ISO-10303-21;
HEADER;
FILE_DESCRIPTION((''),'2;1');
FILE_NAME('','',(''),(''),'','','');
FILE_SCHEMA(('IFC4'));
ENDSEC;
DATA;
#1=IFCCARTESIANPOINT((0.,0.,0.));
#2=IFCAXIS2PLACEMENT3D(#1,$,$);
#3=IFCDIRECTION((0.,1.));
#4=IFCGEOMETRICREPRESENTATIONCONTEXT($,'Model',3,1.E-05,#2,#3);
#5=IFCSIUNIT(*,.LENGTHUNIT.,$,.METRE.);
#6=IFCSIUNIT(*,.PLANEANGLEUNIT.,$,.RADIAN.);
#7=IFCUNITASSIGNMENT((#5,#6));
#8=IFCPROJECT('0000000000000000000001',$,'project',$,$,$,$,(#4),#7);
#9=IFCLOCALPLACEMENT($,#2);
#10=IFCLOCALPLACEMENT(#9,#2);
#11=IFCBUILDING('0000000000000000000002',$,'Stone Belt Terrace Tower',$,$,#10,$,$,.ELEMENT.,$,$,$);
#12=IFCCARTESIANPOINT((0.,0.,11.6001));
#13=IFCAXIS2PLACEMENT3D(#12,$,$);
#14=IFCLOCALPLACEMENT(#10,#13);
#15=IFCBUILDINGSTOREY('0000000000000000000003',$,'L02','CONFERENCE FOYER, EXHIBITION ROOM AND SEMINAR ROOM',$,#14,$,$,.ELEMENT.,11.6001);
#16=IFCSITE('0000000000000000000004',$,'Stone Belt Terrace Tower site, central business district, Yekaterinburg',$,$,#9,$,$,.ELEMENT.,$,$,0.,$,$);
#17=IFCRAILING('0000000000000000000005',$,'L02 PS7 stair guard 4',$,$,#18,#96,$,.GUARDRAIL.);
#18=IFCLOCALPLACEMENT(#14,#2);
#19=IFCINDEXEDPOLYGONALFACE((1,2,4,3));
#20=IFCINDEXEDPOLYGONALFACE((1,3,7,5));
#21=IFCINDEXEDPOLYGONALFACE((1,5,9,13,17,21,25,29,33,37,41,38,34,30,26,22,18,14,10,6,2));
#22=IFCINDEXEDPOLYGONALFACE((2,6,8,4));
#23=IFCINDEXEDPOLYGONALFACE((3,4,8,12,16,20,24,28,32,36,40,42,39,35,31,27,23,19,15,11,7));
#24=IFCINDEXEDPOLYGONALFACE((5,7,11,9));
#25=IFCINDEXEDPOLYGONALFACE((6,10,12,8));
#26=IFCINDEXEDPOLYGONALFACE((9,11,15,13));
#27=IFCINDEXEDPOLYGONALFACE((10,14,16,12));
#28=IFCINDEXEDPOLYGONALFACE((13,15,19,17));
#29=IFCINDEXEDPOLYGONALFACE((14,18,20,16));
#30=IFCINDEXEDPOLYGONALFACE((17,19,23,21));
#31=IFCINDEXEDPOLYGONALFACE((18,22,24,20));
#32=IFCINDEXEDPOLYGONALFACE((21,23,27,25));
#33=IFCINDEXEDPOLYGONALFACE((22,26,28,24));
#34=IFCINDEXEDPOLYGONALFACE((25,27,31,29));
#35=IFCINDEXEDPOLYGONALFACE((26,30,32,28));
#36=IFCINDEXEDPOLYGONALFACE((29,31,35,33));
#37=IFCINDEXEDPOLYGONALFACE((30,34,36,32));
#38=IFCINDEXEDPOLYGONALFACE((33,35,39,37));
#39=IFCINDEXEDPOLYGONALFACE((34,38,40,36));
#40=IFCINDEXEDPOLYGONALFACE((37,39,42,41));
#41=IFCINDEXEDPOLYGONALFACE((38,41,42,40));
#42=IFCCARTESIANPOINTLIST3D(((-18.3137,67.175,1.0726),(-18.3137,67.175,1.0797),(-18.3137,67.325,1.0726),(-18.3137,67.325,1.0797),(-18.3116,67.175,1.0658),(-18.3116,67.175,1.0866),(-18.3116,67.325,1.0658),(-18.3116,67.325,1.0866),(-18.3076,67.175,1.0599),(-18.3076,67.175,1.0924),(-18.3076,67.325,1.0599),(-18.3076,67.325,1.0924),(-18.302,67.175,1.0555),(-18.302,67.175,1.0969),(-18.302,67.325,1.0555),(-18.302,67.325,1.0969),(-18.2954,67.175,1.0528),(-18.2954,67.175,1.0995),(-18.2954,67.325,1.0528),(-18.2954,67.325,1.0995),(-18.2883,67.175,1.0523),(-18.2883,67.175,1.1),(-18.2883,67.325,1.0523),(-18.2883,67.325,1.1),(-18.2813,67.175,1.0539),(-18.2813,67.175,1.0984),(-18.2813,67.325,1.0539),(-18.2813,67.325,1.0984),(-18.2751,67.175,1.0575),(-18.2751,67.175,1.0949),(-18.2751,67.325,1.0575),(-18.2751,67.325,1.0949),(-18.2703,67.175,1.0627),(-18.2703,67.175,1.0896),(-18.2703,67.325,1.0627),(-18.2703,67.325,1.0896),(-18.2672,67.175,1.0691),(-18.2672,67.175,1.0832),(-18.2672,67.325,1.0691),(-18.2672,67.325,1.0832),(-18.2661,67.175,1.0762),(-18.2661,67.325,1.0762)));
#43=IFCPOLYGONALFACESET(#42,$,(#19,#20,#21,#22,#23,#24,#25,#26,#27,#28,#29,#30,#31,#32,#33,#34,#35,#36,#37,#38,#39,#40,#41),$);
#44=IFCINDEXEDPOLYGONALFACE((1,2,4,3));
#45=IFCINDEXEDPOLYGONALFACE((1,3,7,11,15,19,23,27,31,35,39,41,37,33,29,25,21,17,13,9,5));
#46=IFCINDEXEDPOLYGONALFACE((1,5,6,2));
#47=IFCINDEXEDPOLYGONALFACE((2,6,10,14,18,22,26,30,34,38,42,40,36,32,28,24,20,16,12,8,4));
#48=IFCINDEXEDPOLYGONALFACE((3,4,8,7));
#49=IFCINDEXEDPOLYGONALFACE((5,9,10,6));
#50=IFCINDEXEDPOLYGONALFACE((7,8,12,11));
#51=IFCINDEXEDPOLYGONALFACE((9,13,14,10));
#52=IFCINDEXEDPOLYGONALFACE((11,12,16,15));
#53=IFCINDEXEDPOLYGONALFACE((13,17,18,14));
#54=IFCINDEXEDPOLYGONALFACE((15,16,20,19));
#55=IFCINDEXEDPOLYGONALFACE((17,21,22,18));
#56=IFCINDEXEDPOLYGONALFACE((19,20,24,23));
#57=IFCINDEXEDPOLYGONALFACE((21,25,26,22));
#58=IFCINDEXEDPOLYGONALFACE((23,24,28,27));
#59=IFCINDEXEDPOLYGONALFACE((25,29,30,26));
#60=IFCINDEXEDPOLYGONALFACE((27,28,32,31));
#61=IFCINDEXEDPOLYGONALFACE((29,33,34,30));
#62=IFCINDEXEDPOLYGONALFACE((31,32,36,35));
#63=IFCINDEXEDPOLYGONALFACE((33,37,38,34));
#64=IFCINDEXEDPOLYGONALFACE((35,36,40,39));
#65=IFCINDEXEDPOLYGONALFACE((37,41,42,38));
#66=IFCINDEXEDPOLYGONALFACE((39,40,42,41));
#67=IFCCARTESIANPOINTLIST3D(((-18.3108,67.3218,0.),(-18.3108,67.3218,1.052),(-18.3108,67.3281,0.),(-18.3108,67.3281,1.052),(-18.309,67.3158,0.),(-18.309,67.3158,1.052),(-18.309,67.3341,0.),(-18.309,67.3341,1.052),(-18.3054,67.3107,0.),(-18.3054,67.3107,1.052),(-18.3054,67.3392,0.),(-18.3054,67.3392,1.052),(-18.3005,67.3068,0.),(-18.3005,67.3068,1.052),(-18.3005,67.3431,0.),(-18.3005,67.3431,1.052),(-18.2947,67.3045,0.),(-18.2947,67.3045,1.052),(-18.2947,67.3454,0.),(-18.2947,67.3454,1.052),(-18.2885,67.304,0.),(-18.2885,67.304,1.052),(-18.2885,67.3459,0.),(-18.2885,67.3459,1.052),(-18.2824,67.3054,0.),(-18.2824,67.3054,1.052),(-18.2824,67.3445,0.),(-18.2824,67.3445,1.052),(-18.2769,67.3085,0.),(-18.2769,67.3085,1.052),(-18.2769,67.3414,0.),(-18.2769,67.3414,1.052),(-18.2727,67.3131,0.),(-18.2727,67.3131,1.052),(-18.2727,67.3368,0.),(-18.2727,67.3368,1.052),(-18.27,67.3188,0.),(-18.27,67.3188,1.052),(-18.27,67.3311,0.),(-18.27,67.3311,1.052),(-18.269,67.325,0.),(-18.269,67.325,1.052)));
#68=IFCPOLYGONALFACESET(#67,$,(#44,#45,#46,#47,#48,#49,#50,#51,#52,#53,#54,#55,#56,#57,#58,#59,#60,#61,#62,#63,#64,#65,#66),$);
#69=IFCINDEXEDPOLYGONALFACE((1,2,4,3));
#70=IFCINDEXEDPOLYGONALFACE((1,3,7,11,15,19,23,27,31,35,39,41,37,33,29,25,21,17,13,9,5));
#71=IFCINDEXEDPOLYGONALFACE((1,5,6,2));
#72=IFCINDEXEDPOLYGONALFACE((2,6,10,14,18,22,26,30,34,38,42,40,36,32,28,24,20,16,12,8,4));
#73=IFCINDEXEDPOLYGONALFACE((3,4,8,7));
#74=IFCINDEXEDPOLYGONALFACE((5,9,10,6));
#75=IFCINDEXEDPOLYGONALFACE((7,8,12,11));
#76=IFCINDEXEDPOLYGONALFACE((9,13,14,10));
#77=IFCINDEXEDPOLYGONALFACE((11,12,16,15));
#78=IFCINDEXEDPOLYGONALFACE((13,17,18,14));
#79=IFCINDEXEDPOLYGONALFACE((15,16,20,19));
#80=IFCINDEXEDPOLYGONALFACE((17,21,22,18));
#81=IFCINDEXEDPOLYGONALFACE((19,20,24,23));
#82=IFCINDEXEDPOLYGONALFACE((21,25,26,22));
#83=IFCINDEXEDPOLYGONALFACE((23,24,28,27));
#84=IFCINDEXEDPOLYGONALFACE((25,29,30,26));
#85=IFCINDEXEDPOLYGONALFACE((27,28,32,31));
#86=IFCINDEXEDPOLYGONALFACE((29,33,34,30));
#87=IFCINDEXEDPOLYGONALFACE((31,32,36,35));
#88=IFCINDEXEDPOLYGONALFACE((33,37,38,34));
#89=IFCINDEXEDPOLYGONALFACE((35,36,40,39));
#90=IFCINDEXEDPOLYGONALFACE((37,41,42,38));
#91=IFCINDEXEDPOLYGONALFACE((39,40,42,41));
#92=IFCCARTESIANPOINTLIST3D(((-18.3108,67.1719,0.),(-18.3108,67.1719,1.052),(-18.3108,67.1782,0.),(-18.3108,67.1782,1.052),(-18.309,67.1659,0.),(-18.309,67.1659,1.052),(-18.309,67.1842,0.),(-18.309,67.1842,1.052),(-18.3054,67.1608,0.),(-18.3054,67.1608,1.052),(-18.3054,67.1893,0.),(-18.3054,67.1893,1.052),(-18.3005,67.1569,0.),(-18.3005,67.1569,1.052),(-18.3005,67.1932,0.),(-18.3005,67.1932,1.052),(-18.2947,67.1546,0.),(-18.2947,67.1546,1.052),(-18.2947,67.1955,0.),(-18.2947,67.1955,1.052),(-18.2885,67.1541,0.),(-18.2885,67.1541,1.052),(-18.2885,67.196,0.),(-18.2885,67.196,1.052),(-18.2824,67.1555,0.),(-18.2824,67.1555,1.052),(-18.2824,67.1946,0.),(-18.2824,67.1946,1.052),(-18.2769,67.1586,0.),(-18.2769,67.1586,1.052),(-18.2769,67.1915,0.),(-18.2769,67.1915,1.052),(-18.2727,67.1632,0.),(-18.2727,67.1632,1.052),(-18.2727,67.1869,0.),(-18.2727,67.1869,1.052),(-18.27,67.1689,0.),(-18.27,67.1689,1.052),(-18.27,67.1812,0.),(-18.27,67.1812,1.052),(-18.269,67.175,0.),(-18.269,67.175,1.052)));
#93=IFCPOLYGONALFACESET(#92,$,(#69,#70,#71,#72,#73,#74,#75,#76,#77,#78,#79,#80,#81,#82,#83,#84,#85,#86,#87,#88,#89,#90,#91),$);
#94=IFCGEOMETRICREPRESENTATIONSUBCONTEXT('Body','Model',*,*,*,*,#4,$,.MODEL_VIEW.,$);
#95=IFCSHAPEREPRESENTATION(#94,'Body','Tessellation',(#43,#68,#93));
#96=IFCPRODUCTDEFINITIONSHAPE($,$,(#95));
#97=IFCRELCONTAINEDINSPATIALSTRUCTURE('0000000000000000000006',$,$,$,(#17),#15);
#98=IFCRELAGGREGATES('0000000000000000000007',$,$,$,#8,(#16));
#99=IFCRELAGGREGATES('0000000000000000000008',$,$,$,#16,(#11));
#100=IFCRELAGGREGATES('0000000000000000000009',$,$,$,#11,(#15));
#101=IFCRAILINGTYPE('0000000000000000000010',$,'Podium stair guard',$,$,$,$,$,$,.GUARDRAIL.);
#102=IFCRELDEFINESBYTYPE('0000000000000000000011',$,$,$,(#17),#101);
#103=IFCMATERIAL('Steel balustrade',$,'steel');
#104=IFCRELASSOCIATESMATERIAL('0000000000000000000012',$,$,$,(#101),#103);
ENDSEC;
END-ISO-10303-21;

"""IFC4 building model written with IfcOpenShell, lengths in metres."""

from ifc_helpers import new_model, si_unit, direction, frame, origin, origin_2d, place, context, subcontext, project, spatial, circle, extrude, material, type_object, element, save


model = new_model("IFC4")

# Units and contexts
model_context = context("Model", 3, precision=1e-05, world=origin(), true_north=direction((0.0, 1.0)))
body_context = subcontext(model_context, "Body", "Model", "MODEL_VIEW")
ifc_project = project(units=[si_unit("LENGTHUNIT", "METRE"), si_unit("PLANEANGLEUNIT", "RADIAN")], contexts=[model_context])

# Site, building, storey
site_placement = place(None, origin())
site = spatial("IfcSite", under=ifc_project, at=site_placement, Name="Stone Belt Terrace Tower site, central business district, Yekaterinburg", CompositionType="ELEMENT", RefElevation=0.0)
building_placement = place(site_placement, origin())
building = spatial("IfcBuilding", under=site, at=building_placement, Name="Stone Belt Terrace Tower", CompositionType="ELEMENT")
storey_placement = place(building_placement, frame((0.0, 0.0, 11.6001)))
storey = spatial("IfcBuildingStorey", under=building, at=storey_placement, Name="L02", Description="CONFERENCE FOYER, EXHIBITION ROOM AND SEMINAR ROOM", CompositionType="ELEMENT", Elevation=11.6001)

# Railing
ifc_material_1 = material(Name="Steel balustrade", Category="steel")
railing_type_1 = type_object("IfcRailingType", Name="Podium stair guard", PredefinedType="GUARDRAIL", material=ifc_material_1)
railing_1_placement = place(storey_placement, frame((-18.29, 67.325, 0.0)))
element("IfcRailing", 1, at=railing_1_placement, inside=storey, type_object=railing_type_1, Name="L02 PS7 stair guard 4", PredefinedType="GUARDRAIL", context=body_context, shape_type="SweptSolid", body=[
    extrude(circle(Radius=0.0239, at=origin_2d()), frame((0.0, 0.0, 1.0762), z_axis=(0.0, -1.0, 0.0), x_axis=(1.0, 0.0, 0.0)), (0.0, 0.0, 1.0), 0.1499),
    extrude(circle(Radius=0.021, at=origin_2d()), origin(), (0.0, 0.0, 1.0), 1.052),
    extrude(circle(Radius=0.021, at=origin_2d()), frame((0.0, -0.1499, 0.0)), (0.0, 0.0, 1.0), 1.052),
])

save(model, "model.ifc")
